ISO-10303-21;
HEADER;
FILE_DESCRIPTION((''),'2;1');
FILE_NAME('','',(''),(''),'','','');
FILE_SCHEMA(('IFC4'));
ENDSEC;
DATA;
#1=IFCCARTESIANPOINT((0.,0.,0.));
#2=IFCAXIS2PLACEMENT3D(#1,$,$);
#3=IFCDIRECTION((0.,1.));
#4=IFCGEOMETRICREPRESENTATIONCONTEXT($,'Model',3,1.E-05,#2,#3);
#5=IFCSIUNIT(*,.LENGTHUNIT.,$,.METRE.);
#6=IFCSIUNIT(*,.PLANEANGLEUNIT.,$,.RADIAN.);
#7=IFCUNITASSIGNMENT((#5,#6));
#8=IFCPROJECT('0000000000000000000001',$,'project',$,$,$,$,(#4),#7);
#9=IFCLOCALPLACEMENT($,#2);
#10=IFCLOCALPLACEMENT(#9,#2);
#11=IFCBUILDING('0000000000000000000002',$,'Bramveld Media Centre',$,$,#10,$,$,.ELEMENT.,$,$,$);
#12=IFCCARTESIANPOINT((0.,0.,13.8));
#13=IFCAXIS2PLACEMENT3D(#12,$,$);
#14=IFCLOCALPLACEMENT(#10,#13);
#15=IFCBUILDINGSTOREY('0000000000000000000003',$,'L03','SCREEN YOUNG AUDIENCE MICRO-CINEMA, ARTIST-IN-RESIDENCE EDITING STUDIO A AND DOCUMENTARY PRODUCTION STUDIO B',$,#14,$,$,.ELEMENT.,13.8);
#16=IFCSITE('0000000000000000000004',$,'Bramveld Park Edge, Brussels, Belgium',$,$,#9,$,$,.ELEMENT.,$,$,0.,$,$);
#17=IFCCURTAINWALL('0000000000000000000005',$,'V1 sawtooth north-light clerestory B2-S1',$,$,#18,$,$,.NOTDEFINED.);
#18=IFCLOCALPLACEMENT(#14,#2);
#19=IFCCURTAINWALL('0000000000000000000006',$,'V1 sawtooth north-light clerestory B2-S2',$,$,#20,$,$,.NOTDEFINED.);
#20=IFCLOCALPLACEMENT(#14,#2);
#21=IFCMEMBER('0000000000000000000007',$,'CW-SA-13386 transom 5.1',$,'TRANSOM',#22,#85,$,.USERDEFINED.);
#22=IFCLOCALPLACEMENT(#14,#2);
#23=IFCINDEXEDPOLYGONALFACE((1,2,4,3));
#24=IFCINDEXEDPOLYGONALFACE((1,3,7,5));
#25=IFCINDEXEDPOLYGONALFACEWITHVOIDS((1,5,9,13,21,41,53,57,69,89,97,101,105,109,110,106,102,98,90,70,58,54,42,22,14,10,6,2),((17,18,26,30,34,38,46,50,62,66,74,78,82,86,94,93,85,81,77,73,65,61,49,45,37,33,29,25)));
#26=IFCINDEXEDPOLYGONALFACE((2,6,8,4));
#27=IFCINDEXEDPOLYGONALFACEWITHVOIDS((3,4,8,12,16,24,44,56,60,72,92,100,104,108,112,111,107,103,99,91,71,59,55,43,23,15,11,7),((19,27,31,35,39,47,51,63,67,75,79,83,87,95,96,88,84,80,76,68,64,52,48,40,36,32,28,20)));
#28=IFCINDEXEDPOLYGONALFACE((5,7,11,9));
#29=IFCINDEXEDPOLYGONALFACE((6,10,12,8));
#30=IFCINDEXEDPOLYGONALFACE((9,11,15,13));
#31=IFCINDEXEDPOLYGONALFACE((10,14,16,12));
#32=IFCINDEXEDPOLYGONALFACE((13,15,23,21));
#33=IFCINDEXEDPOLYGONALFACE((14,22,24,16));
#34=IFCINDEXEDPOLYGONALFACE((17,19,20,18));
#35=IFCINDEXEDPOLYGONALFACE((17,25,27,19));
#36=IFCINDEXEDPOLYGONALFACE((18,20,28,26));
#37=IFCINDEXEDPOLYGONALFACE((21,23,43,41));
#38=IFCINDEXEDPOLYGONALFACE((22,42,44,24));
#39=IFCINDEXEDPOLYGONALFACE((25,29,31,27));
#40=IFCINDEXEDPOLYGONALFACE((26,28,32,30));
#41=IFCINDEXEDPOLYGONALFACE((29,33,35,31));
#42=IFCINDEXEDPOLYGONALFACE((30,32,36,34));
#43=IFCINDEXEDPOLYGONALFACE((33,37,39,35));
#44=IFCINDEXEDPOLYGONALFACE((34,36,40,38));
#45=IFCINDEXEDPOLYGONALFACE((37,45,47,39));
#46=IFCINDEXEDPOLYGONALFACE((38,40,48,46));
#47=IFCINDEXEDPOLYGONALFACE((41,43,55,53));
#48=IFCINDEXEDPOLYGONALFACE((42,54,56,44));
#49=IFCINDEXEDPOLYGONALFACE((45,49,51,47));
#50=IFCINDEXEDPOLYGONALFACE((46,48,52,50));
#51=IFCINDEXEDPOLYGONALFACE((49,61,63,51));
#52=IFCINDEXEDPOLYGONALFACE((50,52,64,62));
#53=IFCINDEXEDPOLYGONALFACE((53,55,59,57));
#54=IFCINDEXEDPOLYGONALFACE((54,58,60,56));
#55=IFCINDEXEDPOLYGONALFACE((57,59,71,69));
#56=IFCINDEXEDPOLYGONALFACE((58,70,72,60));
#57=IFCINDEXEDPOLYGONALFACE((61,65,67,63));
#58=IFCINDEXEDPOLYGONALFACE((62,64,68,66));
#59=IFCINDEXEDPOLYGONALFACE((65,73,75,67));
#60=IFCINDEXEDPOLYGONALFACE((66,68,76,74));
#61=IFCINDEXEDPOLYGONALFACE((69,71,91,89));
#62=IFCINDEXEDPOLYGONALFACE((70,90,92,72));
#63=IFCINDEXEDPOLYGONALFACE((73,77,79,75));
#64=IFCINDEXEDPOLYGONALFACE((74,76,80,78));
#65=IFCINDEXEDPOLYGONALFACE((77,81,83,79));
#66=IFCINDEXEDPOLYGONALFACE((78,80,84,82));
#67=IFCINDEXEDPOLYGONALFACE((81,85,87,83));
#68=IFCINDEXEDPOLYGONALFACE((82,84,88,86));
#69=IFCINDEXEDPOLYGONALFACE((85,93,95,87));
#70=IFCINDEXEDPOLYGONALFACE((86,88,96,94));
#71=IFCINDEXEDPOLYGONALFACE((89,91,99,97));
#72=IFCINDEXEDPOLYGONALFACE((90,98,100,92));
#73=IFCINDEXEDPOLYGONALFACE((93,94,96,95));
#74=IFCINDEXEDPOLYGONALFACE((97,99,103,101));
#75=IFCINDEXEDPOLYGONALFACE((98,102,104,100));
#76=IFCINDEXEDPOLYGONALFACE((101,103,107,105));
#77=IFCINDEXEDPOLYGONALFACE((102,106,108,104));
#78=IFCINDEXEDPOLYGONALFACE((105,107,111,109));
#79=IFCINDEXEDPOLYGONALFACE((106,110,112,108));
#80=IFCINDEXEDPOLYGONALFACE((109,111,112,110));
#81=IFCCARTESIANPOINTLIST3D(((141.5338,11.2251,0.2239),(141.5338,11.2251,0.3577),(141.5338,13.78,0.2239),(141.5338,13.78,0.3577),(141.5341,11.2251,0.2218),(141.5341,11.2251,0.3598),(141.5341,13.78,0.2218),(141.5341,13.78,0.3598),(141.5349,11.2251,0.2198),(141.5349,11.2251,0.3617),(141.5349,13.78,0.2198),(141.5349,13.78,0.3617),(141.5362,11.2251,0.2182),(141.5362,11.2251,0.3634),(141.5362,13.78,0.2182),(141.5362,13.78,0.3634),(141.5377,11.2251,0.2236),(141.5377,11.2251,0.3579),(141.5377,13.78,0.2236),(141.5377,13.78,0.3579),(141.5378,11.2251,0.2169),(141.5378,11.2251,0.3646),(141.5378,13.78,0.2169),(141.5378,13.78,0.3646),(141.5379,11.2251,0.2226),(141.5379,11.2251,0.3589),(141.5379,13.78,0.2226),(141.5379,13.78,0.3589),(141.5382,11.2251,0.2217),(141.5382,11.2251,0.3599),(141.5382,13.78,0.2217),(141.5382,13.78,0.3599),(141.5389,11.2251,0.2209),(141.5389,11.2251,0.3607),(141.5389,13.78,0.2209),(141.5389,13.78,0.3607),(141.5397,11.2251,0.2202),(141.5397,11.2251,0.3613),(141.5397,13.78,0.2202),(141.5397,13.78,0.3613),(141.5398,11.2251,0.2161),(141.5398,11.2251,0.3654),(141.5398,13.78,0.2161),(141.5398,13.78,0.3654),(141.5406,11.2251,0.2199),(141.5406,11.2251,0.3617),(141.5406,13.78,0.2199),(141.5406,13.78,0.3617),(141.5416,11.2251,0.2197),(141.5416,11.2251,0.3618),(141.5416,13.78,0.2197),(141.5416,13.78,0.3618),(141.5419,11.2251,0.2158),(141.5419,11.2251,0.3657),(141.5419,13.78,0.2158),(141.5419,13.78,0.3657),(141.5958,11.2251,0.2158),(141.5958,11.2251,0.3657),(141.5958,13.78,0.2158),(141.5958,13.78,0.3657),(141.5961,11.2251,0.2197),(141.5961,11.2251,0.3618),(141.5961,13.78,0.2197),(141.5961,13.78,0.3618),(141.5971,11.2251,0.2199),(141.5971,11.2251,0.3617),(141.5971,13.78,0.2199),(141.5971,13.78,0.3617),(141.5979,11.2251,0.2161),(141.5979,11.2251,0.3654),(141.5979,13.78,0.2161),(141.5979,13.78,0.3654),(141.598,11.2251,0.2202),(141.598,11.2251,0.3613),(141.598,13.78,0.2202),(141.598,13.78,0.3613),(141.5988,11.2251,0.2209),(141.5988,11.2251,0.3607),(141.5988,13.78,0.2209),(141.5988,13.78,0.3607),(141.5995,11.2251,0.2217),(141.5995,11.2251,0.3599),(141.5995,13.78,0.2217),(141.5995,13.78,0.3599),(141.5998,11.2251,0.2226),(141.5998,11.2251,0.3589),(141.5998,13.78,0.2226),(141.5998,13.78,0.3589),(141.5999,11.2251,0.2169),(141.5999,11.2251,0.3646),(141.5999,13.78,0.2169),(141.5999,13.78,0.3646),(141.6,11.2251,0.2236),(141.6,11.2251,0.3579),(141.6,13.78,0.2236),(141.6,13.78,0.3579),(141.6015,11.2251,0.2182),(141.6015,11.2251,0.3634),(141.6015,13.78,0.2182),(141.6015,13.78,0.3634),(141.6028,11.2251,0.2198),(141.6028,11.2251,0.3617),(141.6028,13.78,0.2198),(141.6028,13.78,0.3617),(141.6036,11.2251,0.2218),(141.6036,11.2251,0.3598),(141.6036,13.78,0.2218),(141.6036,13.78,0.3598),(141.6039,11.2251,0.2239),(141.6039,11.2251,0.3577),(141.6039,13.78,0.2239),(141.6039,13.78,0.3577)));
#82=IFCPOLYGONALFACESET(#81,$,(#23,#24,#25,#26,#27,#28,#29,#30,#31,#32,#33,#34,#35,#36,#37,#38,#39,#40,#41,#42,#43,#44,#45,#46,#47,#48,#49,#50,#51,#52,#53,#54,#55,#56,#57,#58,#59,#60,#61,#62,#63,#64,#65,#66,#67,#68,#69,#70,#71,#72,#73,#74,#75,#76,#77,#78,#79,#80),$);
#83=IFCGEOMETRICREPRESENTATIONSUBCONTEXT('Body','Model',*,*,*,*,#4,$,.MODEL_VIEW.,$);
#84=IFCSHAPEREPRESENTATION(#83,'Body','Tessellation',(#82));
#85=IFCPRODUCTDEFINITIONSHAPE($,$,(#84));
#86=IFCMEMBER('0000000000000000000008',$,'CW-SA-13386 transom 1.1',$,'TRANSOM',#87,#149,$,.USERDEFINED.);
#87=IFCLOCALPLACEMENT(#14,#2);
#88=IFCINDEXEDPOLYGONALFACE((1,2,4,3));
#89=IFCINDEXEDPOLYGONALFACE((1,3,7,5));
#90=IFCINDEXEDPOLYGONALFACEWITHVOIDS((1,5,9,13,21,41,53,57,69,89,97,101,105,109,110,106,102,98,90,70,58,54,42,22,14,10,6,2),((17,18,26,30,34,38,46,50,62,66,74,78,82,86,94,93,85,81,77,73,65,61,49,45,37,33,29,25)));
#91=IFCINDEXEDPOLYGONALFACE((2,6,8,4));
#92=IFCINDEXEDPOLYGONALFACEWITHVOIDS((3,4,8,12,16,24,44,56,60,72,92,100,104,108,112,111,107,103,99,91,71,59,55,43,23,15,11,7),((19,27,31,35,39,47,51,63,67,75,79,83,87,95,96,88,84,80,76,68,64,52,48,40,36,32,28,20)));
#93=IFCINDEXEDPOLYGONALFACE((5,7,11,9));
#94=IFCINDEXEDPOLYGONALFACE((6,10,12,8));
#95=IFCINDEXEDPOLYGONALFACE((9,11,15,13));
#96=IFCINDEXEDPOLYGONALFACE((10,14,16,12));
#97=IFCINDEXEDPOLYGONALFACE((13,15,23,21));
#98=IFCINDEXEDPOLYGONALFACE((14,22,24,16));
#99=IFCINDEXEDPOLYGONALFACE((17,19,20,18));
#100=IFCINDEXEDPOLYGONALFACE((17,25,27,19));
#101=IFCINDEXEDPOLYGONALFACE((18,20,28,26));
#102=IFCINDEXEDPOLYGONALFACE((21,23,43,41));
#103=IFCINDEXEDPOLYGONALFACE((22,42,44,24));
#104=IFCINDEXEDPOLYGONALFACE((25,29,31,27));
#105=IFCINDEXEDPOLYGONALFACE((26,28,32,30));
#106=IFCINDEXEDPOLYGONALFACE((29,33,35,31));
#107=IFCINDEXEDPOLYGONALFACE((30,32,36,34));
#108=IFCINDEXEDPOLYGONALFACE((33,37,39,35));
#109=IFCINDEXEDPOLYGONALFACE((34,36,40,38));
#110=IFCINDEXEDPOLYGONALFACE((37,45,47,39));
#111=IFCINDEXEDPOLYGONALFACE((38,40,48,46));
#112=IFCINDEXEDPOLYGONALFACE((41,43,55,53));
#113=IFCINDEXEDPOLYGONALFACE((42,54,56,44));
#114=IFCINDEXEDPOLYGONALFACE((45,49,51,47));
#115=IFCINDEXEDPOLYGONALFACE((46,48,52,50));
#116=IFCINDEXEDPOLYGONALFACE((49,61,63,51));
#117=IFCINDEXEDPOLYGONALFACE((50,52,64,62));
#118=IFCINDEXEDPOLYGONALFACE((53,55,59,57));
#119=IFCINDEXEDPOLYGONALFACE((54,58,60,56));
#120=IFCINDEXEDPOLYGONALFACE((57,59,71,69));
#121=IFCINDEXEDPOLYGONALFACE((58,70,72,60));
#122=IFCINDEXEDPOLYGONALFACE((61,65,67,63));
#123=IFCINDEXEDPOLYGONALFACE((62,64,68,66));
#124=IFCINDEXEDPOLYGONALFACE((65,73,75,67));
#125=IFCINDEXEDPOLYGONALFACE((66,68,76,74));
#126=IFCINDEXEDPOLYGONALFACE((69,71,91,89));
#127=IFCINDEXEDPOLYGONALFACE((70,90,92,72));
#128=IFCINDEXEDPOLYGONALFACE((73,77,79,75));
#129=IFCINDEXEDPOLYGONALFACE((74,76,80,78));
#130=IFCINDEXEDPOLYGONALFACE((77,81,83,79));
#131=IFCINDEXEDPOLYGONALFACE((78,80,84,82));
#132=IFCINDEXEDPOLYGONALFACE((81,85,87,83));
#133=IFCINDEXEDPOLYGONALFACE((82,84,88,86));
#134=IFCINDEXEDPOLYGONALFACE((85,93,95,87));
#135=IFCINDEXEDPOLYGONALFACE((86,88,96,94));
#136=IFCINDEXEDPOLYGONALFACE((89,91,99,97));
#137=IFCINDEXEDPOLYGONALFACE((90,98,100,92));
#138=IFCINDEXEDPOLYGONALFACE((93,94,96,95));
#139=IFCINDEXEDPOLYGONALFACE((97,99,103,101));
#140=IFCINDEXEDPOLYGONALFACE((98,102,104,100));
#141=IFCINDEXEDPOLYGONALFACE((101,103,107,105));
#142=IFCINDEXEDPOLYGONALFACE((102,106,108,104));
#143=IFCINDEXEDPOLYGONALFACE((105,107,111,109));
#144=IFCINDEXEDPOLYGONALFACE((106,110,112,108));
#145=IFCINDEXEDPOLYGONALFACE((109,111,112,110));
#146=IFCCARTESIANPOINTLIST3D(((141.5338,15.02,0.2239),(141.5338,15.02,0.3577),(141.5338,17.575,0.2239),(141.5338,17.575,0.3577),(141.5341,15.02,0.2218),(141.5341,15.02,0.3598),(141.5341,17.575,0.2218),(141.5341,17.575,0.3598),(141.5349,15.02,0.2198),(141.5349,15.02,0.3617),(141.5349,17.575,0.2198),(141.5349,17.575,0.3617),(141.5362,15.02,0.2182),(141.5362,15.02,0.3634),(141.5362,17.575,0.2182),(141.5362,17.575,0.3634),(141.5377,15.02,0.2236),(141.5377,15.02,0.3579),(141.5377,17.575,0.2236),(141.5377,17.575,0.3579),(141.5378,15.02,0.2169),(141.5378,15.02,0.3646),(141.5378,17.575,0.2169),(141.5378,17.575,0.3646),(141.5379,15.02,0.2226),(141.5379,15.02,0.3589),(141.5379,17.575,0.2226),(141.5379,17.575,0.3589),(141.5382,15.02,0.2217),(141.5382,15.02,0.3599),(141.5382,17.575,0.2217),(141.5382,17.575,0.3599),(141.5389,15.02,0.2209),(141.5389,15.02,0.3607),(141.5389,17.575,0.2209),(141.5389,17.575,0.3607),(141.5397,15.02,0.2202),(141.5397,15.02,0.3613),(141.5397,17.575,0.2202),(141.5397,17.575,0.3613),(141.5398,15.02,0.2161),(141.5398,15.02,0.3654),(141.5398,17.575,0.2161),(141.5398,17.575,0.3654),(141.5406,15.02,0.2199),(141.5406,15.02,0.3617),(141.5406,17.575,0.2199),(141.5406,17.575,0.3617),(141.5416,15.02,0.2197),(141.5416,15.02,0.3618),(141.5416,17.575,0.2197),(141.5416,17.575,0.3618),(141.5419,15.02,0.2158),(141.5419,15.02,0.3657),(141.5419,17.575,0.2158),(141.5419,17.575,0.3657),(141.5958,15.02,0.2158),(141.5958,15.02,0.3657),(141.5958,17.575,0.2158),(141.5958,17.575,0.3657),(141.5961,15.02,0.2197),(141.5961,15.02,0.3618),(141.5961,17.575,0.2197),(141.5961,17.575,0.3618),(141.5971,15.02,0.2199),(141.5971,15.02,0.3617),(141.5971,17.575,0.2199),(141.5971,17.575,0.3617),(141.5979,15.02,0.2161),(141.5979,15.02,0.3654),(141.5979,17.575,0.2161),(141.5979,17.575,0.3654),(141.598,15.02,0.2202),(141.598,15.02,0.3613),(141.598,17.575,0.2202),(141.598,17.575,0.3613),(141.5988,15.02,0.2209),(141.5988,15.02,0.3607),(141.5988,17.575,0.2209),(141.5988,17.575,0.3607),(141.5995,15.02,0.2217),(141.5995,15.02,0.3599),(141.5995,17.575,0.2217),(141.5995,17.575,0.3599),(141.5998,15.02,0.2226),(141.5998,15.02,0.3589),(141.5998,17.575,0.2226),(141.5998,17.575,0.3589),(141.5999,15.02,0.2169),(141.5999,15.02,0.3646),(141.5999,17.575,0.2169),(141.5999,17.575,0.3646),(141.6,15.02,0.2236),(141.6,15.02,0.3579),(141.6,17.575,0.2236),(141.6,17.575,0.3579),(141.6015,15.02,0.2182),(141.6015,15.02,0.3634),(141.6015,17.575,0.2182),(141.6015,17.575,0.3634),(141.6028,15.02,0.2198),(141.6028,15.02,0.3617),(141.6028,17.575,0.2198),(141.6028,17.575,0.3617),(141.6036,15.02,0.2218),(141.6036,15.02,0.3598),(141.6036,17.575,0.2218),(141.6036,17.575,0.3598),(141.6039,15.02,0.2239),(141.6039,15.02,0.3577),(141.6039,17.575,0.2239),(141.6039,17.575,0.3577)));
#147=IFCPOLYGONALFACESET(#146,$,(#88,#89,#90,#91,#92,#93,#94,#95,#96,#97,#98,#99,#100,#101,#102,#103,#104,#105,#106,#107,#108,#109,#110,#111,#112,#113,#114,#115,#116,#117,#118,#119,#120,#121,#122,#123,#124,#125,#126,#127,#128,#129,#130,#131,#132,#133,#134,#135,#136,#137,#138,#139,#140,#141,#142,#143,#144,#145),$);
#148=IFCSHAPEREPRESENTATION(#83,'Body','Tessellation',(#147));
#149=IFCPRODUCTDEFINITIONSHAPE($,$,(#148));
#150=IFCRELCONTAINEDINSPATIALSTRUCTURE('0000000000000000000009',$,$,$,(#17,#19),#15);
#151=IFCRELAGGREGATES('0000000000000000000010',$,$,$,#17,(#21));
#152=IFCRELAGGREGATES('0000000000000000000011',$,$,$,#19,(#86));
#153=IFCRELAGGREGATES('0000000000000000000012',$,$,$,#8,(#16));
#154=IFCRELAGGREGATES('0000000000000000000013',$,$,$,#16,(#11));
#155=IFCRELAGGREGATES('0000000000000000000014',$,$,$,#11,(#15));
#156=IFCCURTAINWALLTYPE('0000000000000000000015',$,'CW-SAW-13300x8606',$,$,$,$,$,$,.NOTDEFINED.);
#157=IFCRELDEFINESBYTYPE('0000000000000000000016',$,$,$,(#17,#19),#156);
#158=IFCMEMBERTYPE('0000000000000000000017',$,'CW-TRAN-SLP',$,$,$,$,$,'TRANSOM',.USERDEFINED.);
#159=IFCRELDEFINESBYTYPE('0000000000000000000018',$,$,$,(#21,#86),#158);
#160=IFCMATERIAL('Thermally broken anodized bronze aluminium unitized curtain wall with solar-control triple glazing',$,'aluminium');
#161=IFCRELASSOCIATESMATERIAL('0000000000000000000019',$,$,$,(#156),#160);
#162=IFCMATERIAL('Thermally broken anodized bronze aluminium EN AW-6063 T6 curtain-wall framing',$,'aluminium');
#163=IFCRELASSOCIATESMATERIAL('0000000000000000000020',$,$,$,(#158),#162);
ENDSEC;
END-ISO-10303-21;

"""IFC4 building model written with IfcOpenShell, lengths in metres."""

from ifc_helpers import new_model, si_unit, direction, frame, origin, origin_2d, place, context, subcontext, project, spatial, hollow_rectangle, extrude, material, material_profile, profile_set, type_object, element, aggregate, save


model = new_model("IFC4")

# Units and contexts
model_context = context("Model", 3, precision=1e-05, world=origin(), true_north=direction((0.0, 1.0)))
body_context = subcontext(model_context, "Body", "Model", "MODEL_VIEW")
ifc_project = project(units=[si_unit("LENGTHUNIT", "METRE"), si_unit("PLANEANGLEUNIT", "RADIAN")], contexts=[model_context])

# Site, building, storey
site_placement = place(None, origin())
site = spatial("IfcSite", under=ifc_project, at=site_placement, Name="Bramveld Park Edge, Brussels, Belgium", CompositionType="ELEMENT", RefElevation=0.0)
building_placement = place(site_placement, origin())
building = spatial("IfcBuilding", under=site, at=building_placement, Name="Bramveld Media Centre", CompositionType="ELEMENT")
storey_placement = place(building_placement, frame((0.0, 0.0, 13.8)))
storey = spatial("IfcBuildingStorey", under=building, at=storey_placement, Name="L03", Description="SCREEN YOUNG AUDIENCE MICRO-CINEMA, ARTIST-IN-RESIDENCE EDITING STUDIO A AND DOCUMENTARY PRODUCTION STUDIO B", CompositionType="ELEMENT", Elevation=13.8)

# Curtain walls
ifc_material_1 = material(Name="Thermally broken anodized bronze aluminium unitized curtain wall with solar-control triple glazing", Category="aluminium")
curtain_wall_type = type_object("IfcCurtainWallType", Name="CW-SAW-13300x8606", PredefinedType="NOTDEFINED", material=ifc_material_1)
curtain_wall_1_placement = place(storey_placement, origin())
curtain_wall_1 = element("IfcCurtainWall", 1, at=curtain_wall_1_placement, inside=storey, type_object=curtain_wall_type, Name="V1 sawtooth north-light clerestory B2-S1", PredefinedType="NOTDEFINED")
curtain_wall_2_placement = place(storey_placement, origin())
curtain_wall_2 = element("IfcCurtainWall", 2, at=curtain_wall_2_placement, inside=storey, type_object=curtain_wall_type, Name="V1 sawtooth north-light clerestory B2-S2", PredefinedType="NOTDEFINED")

# Members
ifc_material_2 = material(Name="Thermally broken anodized bronze aluminium EN AW-6063 T6 curtain-wall framing", Category="aluminium")
ifc_material_profile_1 = material_profile(ifc_material_2, hollow_rectangle(XDim=0.0701, YDim=0.1499, WallThickness=0.0039, InnerFilletRadius=0.0039, OuterFilletRadius=0.0081, at=origin_2d()), Name="AL-TRAN 70x150")
ifc_profile_set_1 = profile_set([ifc_material_profile_1], Name="Thermally broken anodized bronze aluminium EN AW-6063 T6 curtain-wall framing")
member_type_1 = type_object("IfcMemberType", Name="CW-TRAN-SLP", ElementType="TRANSOM", PredefinedType="USERDEFINED", material=ifc_profile_set_1)
member_1_placement = place(storey_placement, frame((141.5688, 11.2251, 0.2908), z_axis=(0.0, 1.0, 0.0), x_axis=(-1.0, 0.0, 0.0)))
member_1 = element("IfcMember", 3, at=member_1_placement, type_object=member_type_1, Name="CW-SA-13386 transom 5.1", ObjectType="TRANSOM", PredefinedType="USERDEFINED", context=body_context, shape_type="SweptSolid", body=[
    extrude(hollow_rectangle(XDim=0.0701, YDim=0.1499, WallThickness=0.0039, InnerFilletRadius=0.0039, OuterFilletRadius=0.0081, at=origin_2d()), origin(), (0.0, 0.0, 1.0), 2.5549),
])
aggregate(curtain_wall_1, [member_1])
member_2_placement = place(storey_placement, frame((141.5688, 15.02, 0.2908), z_axis=(0.0, 1.0, 0.0), x_axis=(-1.0, 0.0, 0.0)))
member_2 = element("IfcMember", 4, at=member_2_placement, type_object=member_type_1, Name="CW-SA-13386 transom 1.1", ObjectType="TRANSOM", PredefinedType="USERDEFINED", context=body_context, shape_type="SweptSolid", body=[
    extrude(hollow_rectangle(XDim=0.0701, YDim=0.1499, WallThickness=0.0039, InnerFilletRadius=0.0039, OuterFilletRadius=0.0081, at=origin_2d()), origin(), (0.0, 0.0, 1.0), 2.5549),
])
aggregate(curtain_wall_2, [member_2])

save(model, "model.ifc")
